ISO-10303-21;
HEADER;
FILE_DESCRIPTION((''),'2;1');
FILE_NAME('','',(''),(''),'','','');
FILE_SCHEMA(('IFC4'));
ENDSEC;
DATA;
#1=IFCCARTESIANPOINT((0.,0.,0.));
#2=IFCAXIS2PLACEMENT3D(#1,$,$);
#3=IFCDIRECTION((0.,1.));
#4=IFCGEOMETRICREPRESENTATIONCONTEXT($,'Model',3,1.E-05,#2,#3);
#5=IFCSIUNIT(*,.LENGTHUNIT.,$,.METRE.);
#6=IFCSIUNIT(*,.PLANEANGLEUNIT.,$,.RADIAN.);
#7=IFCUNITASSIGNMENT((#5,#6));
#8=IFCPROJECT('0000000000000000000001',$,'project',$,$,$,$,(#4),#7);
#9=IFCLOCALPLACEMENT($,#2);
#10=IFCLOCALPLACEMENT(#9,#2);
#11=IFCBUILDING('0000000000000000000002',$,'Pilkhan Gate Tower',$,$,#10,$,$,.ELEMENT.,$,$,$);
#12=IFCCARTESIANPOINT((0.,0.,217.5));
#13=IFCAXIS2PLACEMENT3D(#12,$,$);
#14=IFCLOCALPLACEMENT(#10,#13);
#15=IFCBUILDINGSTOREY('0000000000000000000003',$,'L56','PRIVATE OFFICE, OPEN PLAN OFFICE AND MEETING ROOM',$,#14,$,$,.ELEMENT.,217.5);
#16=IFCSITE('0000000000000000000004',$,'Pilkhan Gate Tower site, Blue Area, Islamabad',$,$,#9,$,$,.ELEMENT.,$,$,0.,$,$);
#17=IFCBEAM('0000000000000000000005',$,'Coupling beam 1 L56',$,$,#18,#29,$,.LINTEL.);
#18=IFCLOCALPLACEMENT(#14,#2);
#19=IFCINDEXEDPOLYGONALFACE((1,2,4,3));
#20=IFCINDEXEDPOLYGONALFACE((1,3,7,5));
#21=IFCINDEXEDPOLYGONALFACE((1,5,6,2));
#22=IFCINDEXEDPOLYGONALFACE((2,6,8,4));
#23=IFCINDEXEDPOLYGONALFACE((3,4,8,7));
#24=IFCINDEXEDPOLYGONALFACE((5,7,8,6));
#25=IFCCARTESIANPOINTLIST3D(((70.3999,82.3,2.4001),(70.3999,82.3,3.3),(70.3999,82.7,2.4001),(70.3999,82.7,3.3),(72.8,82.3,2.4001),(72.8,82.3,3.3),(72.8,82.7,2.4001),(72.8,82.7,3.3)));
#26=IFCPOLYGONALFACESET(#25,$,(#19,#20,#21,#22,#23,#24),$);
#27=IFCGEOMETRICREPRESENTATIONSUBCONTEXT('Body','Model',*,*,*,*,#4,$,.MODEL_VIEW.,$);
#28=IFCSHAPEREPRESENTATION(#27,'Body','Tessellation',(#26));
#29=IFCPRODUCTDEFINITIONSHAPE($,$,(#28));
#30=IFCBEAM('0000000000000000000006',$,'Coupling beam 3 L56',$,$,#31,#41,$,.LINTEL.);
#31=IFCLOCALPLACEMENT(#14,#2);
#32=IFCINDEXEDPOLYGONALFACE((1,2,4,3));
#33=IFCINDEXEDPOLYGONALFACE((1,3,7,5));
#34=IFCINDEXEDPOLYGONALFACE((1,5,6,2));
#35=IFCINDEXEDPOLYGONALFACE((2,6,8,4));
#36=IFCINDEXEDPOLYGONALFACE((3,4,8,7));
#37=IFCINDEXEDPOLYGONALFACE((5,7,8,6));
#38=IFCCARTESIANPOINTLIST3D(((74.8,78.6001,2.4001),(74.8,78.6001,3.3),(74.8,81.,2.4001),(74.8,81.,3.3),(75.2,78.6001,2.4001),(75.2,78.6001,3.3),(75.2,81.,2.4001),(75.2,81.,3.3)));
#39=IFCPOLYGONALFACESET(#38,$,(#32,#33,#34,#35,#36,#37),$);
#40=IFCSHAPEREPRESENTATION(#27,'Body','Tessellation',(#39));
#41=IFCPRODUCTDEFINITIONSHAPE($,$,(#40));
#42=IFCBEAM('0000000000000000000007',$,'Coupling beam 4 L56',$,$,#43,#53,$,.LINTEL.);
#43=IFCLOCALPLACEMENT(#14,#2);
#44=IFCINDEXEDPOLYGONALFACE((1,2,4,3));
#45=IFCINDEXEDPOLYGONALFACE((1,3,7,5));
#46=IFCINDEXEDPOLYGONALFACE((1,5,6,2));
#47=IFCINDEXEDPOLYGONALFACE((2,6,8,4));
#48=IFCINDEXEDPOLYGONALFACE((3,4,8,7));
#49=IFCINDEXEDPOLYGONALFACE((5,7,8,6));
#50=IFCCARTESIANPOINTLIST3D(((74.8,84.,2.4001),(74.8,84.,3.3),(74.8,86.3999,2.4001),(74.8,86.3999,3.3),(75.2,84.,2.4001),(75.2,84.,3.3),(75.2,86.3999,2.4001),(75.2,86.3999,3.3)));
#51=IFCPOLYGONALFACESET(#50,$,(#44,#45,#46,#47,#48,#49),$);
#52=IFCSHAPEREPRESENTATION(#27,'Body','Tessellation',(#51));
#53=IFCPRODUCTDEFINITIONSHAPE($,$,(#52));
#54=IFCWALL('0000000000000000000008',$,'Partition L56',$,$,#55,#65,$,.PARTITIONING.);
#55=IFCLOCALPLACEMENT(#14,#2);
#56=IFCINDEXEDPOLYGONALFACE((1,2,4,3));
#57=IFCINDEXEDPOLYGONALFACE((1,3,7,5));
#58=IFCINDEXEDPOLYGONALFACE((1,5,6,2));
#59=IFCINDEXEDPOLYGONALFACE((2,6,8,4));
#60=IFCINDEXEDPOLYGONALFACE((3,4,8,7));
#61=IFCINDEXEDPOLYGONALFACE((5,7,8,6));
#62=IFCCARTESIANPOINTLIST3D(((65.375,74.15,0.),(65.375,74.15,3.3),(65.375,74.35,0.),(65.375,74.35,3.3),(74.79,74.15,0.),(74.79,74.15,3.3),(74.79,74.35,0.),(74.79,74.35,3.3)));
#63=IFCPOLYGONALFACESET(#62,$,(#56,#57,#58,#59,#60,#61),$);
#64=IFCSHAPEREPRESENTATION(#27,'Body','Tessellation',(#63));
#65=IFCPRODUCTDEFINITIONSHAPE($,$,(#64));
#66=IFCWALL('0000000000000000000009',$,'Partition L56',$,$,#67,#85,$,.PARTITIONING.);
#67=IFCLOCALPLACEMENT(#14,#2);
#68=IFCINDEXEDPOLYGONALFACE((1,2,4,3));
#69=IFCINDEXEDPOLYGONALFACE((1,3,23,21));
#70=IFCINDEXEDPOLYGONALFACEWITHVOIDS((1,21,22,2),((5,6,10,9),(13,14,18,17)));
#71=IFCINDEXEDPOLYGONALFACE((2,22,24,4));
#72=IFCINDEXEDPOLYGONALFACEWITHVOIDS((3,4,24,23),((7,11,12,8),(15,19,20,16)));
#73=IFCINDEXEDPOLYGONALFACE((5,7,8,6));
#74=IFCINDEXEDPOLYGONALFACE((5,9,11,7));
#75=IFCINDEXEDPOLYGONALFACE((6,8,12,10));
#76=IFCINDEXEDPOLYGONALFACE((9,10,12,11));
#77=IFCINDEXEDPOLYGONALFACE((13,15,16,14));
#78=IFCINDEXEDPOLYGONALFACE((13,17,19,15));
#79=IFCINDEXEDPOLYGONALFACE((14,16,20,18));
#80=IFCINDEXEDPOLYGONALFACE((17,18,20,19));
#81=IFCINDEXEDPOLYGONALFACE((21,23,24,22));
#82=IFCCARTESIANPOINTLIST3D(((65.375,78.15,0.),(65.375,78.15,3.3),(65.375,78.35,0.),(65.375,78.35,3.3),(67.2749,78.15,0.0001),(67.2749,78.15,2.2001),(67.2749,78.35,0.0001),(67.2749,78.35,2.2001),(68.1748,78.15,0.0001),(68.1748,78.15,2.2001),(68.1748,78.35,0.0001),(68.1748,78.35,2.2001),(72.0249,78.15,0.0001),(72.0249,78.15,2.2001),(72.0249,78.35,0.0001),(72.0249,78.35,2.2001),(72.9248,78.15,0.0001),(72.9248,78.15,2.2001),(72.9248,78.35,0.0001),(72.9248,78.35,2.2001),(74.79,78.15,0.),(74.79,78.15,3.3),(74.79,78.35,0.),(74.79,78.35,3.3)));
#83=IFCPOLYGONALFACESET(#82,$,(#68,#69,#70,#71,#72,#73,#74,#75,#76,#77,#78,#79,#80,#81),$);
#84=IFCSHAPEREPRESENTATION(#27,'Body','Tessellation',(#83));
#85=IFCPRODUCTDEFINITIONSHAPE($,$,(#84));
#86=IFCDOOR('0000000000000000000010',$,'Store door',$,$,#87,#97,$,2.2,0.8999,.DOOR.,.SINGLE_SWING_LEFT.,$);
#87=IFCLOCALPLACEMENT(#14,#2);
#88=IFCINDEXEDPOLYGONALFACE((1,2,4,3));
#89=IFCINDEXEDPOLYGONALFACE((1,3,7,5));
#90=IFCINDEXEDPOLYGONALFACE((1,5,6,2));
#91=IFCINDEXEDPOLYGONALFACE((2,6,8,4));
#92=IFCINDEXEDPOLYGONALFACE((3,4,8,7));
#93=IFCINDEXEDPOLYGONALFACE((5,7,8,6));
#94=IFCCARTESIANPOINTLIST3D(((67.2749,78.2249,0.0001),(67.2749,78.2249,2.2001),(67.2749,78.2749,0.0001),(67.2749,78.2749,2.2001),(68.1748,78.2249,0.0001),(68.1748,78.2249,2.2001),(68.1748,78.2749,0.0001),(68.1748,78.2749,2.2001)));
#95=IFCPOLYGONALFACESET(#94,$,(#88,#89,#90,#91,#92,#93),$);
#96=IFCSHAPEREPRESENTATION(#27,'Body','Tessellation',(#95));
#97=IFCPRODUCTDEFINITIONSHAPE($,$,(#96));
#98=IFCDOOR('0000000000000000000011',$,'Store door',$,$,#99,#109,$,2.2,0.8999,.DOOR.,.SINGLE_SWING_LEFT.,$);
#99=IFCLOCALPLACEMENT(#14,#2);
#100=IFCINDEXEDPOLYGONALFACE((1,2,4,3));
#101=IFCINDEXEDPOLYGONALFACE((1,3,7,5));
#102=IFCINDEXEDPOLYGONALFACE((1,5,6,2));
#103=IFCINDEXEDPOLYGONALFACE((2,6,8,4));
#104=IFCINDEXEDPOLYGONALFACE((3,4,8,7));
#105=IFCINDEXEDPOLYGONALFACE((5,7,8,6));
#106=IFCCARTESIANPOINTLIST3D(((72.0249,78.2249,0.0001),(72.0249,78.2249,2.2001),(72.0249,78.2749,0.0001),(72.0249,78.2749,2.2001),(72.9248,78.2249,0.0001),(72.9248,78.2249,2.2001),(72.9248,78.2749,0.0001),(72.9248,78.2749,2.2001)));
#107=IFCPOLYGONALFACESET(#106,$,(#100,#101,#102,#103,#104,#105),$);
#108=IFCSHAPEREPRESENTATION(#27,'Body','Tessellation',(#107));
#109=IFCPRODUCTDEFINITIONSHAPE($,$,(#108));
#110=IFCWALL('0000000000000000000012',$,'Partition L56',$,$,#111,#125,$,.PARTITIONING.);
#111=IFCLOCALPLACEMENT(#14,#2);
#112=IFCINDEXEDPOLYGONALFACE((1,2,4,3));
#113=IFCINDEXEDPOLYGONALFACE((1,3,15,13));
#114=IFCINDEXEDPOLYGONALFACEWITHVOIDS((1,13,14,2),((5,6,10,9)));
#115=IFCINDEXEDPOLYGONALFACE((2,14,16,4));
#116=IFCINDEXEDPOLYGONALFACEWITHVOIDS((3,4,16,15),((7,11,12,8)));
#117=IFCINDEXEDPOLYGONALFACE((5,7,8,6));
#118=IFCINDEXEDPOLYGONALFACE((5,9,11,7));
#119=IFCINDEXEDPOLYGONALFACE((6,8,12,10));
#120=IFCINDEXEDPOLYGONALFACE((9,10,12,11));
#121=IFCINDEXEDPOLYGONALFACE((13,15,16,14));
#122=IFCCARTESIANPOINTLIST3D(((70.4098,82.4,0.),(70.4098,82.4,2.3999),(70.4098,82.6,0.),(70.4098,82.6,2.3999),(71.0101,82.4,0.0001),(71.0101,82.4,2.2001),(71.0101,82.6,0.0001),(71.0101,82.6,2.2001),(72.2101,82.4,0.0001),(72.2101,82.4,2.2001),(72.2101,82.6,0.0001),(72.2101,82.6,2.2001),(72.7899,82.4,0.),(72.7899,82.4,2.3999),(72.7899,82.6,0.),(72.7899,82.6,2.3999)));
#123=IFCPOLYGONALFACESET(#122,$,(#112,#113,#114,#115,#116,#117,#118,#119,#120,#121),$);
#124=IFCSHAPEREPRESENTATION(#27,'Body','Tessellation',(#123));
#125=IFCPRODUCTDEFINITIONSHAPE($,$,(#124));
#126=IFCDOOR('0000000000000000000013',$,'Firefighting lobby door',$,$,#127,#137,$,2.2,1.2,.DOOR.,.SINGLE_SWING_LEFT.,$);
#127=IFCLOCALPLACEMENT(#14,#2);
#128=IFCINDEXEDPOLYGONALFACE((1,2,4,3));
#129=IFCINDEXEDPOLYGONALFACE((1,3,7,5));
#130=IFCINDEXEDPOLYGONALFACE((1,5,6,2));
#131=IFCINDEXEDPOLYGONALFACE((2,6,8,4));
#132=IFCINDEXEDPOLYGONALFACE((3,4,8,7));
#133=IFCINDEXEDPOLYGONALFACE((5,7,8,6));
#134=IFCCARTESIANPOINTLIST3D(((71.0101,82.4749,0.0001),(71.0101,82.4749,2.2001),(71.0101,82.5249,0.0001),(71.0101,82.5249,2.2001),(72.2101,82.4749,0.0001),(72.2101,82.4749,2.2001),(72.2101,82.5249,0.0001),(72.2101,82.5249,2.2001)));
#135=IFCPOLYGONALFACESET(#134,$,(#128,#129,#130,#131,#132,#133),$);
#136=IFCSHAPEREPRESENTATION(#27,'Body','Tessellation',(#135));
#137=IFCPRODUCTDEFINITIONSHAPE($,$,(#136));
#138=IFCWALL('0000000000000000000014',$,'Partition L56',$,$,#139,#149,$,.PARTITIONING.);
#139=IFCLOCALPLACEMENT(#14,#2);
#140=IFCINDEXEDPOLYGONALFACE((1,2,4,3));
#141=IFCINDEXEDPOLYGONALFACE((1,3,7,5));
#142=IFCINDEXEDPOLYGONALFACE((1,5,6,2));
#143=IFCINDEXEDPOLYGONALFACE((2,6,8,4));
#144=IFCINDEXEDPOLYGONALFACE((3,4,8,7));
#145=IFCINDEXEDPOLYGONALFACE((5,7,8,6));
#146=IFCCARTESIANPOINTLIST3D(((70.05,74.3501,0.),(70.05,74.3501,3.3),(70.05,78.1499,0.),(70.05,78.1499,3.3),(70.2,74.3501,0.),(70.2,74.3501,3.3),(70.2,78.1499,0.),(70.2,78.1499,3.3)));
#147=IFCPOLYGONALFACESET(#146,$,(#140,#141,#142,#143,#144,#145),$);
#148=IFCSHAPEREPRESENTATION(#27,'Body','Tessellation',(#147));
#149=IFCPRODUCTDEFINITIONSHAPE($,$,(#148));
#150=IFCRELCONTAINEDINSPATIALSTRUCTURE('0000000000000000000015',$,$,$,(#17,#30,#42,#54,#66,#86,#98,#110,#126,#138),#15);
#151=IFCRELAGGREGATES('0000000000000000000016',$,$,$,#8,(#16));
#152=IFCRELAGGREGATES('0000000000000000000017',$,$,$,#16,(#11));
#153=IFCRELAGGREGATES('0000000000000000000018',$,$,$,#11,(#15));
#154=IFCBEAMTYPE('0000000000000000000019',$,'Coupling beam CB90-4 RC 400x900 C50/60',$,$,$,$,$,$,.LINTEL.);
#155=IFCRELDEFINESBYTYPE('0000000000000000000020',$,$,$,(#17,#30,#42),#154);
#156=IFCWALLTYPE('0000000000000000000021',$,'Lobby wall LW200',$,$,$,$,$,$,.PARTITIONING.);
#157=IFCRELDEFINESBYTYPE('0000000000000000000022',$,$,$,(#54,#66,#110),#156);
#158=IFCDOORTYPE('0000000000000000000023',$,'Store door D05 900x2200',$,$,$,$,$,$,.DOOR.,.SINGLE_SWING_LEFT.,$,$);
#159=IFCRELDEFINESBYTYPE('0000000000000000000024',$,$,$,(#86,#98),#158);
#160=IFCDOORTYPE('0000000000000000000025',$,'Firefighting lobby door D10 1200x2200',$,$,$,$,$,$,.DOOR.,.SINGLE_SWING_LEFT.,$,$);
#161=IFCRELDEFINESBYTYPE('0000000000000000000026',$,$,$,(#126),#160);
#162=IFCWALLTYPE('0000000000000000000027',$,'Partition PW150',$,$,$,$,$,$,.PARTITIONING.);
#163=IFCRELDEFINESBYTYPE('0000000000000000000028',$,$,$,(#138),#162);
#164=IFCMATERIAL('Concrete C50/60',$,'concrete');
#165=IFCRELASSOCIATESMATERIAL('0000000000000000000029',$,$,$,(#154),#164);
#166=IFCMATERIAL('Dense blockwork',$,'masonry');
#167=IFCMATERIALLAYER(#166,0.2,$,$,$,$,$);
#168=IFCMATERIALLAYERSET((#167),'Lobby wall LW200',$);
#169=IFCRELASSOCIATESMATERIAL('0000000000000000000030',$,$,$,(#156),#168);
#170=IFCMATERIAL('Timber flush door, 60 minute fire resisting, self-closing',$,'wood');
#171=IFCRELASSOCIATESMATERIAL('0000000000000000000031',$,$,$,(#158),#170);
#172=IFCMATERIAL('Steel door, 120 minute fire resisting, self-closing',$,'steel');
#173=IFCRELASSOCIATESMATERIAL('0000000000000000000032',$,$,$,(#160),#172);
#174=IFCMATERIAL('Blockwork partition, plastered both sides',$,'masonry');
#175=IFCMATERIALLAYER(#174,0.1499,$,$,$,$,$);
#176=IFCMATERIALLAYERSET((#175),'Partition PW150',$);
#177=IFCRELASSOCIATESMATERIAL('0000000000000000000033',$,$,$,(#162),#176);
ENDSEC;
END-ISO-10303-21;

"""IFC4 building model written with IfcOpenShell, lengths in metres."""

from ifc_helpers import new_model, si_unit, direction, frame, frame_2d, origin, origin_2d, place, context, subcontext, project, spatial, rectangle, extrude, material, layer, layer_set, material_profile, profile_set, type_object, element, fill, save


model = new_model("IFC4")

# Units and contexts
model_context = context("Model", 3, precision=1e-05, world=origin(), true_north=direction((0.0, 1.0)))
body_context = subcontext(model_context, "Body", "Model", "MODEL_VIEW")
ifc_project = project(units=[si_unit("LENGTHUNIT", "METRE"), si_unit("PLANEANGLEUNIT", "RADIAN")], contexts=[model_context])

# Site, building, storey
site_placement = place(None, origin())
site = spatial("IfcSite", under=ifc_project, at=site_placement, Name="Pilkhan Gate Tower site, Blue Area, Islamabad", CompositionType="ELEMENT", RefElevation=0.0)
building_placement = place(site_placement, origin())
building = spatial("IfcBuilding", under=site, at=building_placement, Name="Pilkhan Gate Tower", CompositionType="ELEMENT")
storey_placement = place(building_placement, frame((0.0, 0.0, 217.5)))
storey = spatial("IfcBuildingStorey", under=building, at=storey_placement, Name="L56", Description="PRIVATE OFFICE, OPEN PLAN OFFICE AND MEETING ROOM", CompositionType="ELEMENT", Elevation=217.5)

# Beams
ifc_material_1 = material(Name="Concrete C50/60", Category="concrete")
ifc_material_profile = material_profile(ifc_material_1, rectangle(XDim=0.3999, YDim=0.8999, at=origin_2d()), Name="RC 400x900")
ifc_profile_set = profile_set([ifc_material_profile], Name="Concrete C50/60")
beam_type = type_object("IfcBeamType", Name="Coupling beam CB90-4 RC 400x900 C50/60", PredefinedType="LINTEL", material=ifc_profile_set)
beam_placement = place(storey_placement, frame((70.3999, 82.5, 2.8501), z_axis=(1.0, 0.0, 0.0), x_axis=(0.0, 1.0, 0.0)))
element("IfcBeam", 1, at=beam_placement, inside=storey, type_object=beam_type, Name="Coupling beam 1 L56", PredefinedType="LINTEL", context=body_context, shape_type="SweptSolid", body=[
    extrude(rectangle(XDim=0.3999, YDim=0.8999, at=origin_2d()), origin(), (0.0, 0.0, 1.0), 2.4001),
])
for number, where, z_axis, x_axis, name in (
    (2, (75.0, 78.6001, 2.8501), (0.0, 1.0, 0.0), (-1.0, 0.0, 0.0), "Coupling beam 3 L56"),
    (3, (75.0, 84.0, 2.8501), (0.0, 1.0, 0.0), (-1.0, 0.0, 0.0), "Coupling beam 4 L56"),
):
    element("IfcBeam", number, at=place(storey_placement, frame(where, z_axis=z_axis, x_axis=x_axis)), inside=storey, type_object=beam_type, Name=name, PredefinedType="LINTEL", context=body_context, shape_type="SweptSolid", body=[
        extrude(rectangle(XDim=0.3999, YDim=0.8999, at=origin_2d()), origin(), (0.0, 0.0, 1.0), 2.3999),
    ])

# Wall
ifc_material_2 = material(Name="Dense blockwork", Category="masonry")
ifc_layer_1 = layer(ifc_material_2, 0.2)
ifc_layer_set_1 = layer_set([ifc_layer_1], Name="Lobby wall LW200")
wall_type_1 = type_object("IfcWallType", Name="Lobby wall LW200", PredefinedType="PARTITIONING", material=ifc_layer_set_1)
wall_1_placement = place(storey_placement, frame((65.375, 74.25, 0.0), z_axis=(0.0, 0.0, 1.0), x_axis=(1.0, 0.0, 0.0)))
element("IfcWall", 4, at=wall_1_placement, inside=storey, type_object=wall_type_1, Name="Partition L56", PredefinedType="PARTITIONING", context=body_context, shape_type="SweptSolid", body=[
    extrude(rectangle(XDim=9.415, YDim=0.2, at=frame_2d((4.7075, 0.0))), origin(), (0.0, 0.0, 1.0), 3.3),
])

# Wall, openings, doors
wall_2_placement = place(storey_placement, frame((65.375, 78.25, 0.0), z_axis=(0.0, 0.0, 1.0), x_axis=(1.0, 0.0, 0.0)))
wall_2 = element("IfcWall", 5, at=wall_2_placement, inside=storey, type_object=wall_type_1, Name="Partition L56", PredefinedType="PARTITIONING", context=body_context, shape_type="SweptSolid", body=[
    extrude(rectangle(XDim=9.415, YDim=0.2, at=frame_2d((4.7075, 0.0))), origin(), (0.0, 0.0, 1.0), 3.3),
])
opening_1_placement = place(wall_2_placement, frame((1.8999, 0.0, 0.0)))
opening_1 = element("IfcOpeningElement", 6, at=opening_1_placement, cuts=wall_2, PredefinedType="OPENING", context=body_context, shape_type="SweptSolid", body=[
    extrude(rectangle(XDim=0.8999, YDim=2.2, at=frame_2d((0.45, 1.1001))), frame((0.0, 0.1099, 0.0), z_axis=(0.0, -1.0, 0.0), x_axis=(1.0, 0.0, 0.0)), (0.0, 0.0, 1.0), 0.22),
])
opening_2_placement = place(wall_2_placement, frame((6.6499, 0.0, 0.0)))
opening_2 = element("IfcOpeningElement", 7, at=opening_2_placement, cuts=wall_2, PredefinedType="OPENING", context=body_context, shape_type="SweptSolid", body=[
    extrude(rectangle(XDim=0.8999, YDim=2.2, at=frame_2d((0.45, 1.1001))), frame((0.0, 0.1099, 0.0), z_axis=(0.0, -1.0, 0.0), x_axis=(1.0, 0.0, 0.0)), (0.0, 0.0, 1.0), 0.22),
])
ifc_material_3 = material(Name="Timber flush door, 60 minute fire resisting, self-closing", Category="wood")
door_type_1 = type_object("IfcDoorType", Name="Store door D05 900x2200", OperationType="SINGLE_SWING_LEFT", PredefinedType="DOOR", material=ifc_material_3)
door_1_placement = place(opening_1_placement, origin())
door_1 = element("IfcDoor", 8, at=door_1_placement, inside=storey, type_object=door_type_1, Name="Store door", OperationType="SINGLE_SWING_LEFT", OverallHeight=2.2, OverallWidth=0.8999, PredefinedType="DOOR", context=body_context, shape_type="SweptSolid", body=[
    extrude(rectangle(XDim=0.8999, YDim=2.2, at=frame_2d((0.45, 1.1001))), frame((0.0, 0.0249, 0.0), z_axis=(0.0, -1.0, 0.0), x_axis=(1.0, 0.0, 0.0)), (0.0, 0.0, 1.0), 0.05),
])
fill(opening_1, door_1)
door_2_placement = place(opening_2_placement, origin())
door_2 = element("IfcDoor", 9, at=door_2_placement, inside=storey, type_object=door_type_1, Name="Store door", OperationType="SINGLE_SWING_LEFT", OverallHeight=2.2, OverallWidth=0.8999, PredefinedType="DOOR", context=body_context, shape_type="SweptSolid", body=[
    extrude(rectangle(XDim=0.8999, YDim=2.2, at=frame_2d((0.45, 1.1001))), frame((0.0, 0.0249, 0.0), z_axis=(0.0, -1.0, 0.0), x_axis=(1.0, 0.0, 0.0)), (0.0, 0.0, 1.0), 0.05),
])
fill(opening_2, door_2)

# Wall, opening, door
wall_3_placement = place(storey_placement, frame((70.4099, 82.5, 0.0), z_axis=(0.0, 0.0, 1.0), x_axis=(1.0, 0.0, 0.0)))
wall_3 = element("IfcWall", 10, at=wall_3_placement, inside=storey, type_object=wall_type_1, Name="Partition L56", PredefinedType="PARTITIONING", context=body_context, shape_type="SweptSolid", body=[
    extrude(rectangle(XDim=2.3801, YDim=0.2, at=frame_2d((1.1899, 0.0))), origin(), (0.0, 0.0, 1.0), 2.3999),
])
opening_3_placement = place(wall_3_placement, frame((0.6001, 0.0, 0.0)))
opening_3 = element("IfcOpeningElement", 11, at=opening_3_placement, cuts=wall_3, PredefinedType="OPENING", context=body_context, shape_type="SweptSolid", body=[
    extrude(rectangle(XDim=1.2, YDim=2.2, at=frame_2d((0.6001, 1.1001))), frame((0.0, 0.1099, 0.0), z_axis=(0.0, -1.0, 0.0), x_axis=(1.0, 0.0, 0.0)), (0.0, 0.0, 1.0), 0.22),
])
ifc_material_4 = material(Name="Steel door, 120 minute fire resisting, self-closing", Category="steel")
door_type_2 = type_object("IfcDoorType", Name="Firefighting lobby door D10 1200x2200", OperationType="SINGLE_SWING_LEFT", PredefinedType="DOOR", material=ifc_material_4)
door_3_placement = place(opening_3_placement, origin())
door_3 = element("IfcDoor", 12, at=door_3_placement, inside=storey, type_object=door_type_2, Name="Firefighting lobby door", OperationType="SINGLE_SWING_LEFT", OverallHeight=2.2, OverallWidth=1.2, PredefinedType="DOOR", context=body_context, shape_type="SweptSolid", body=[
    extrude(rectangle(XDim=1.2, YDim=2.2, at=frame_2d((0.6001, 1.1001))), frame((0.0, 0.0249, 0.0), z_axis=(0.0, -1.0, 0.0), x_axis=(1.0, 0.0, 0.0)), (0.0, 0.0, 1.0), 0.05),
])
fill(opening_3, door_3)

# Wall
ifc_material_5 = material(Name="Blockwork partition, plastered both sides", Category="masonry")
ifc_layer_2 = layer(ifc_material_5, 0.1499)
ifc_layer_set_2 = layer_set([ifc_layer_2], Name="Partition PW150")
wall_type_2 = type_object("IfcWallType", Name="Partition PW150", PredefinedType="PARTITIONING", material=ifc_layer_set_2)
wall_4_placement = place(storey_placement, frame((70.125, 74.3501, 0.0), z_axis=(0.0, 0.0, 1.0), x_axis=(0.0, 1.0, 0.0)))
element("IfcWall", 13, at=wall_4_placement, inside=storey, type_object=wall_type_2, Name="Partition L56", PredefinedType="PARTITIONING", context=body_context, shape_type="SweptSolid", body=[
    extrude(rectangle(XDim=3.7998, YDim=0.1499, at=frame_2d((1.8999, 0.0))), origin(), (0.0, 0.0, 1.0), 3.3),
])

save(model, "model.ifc")
